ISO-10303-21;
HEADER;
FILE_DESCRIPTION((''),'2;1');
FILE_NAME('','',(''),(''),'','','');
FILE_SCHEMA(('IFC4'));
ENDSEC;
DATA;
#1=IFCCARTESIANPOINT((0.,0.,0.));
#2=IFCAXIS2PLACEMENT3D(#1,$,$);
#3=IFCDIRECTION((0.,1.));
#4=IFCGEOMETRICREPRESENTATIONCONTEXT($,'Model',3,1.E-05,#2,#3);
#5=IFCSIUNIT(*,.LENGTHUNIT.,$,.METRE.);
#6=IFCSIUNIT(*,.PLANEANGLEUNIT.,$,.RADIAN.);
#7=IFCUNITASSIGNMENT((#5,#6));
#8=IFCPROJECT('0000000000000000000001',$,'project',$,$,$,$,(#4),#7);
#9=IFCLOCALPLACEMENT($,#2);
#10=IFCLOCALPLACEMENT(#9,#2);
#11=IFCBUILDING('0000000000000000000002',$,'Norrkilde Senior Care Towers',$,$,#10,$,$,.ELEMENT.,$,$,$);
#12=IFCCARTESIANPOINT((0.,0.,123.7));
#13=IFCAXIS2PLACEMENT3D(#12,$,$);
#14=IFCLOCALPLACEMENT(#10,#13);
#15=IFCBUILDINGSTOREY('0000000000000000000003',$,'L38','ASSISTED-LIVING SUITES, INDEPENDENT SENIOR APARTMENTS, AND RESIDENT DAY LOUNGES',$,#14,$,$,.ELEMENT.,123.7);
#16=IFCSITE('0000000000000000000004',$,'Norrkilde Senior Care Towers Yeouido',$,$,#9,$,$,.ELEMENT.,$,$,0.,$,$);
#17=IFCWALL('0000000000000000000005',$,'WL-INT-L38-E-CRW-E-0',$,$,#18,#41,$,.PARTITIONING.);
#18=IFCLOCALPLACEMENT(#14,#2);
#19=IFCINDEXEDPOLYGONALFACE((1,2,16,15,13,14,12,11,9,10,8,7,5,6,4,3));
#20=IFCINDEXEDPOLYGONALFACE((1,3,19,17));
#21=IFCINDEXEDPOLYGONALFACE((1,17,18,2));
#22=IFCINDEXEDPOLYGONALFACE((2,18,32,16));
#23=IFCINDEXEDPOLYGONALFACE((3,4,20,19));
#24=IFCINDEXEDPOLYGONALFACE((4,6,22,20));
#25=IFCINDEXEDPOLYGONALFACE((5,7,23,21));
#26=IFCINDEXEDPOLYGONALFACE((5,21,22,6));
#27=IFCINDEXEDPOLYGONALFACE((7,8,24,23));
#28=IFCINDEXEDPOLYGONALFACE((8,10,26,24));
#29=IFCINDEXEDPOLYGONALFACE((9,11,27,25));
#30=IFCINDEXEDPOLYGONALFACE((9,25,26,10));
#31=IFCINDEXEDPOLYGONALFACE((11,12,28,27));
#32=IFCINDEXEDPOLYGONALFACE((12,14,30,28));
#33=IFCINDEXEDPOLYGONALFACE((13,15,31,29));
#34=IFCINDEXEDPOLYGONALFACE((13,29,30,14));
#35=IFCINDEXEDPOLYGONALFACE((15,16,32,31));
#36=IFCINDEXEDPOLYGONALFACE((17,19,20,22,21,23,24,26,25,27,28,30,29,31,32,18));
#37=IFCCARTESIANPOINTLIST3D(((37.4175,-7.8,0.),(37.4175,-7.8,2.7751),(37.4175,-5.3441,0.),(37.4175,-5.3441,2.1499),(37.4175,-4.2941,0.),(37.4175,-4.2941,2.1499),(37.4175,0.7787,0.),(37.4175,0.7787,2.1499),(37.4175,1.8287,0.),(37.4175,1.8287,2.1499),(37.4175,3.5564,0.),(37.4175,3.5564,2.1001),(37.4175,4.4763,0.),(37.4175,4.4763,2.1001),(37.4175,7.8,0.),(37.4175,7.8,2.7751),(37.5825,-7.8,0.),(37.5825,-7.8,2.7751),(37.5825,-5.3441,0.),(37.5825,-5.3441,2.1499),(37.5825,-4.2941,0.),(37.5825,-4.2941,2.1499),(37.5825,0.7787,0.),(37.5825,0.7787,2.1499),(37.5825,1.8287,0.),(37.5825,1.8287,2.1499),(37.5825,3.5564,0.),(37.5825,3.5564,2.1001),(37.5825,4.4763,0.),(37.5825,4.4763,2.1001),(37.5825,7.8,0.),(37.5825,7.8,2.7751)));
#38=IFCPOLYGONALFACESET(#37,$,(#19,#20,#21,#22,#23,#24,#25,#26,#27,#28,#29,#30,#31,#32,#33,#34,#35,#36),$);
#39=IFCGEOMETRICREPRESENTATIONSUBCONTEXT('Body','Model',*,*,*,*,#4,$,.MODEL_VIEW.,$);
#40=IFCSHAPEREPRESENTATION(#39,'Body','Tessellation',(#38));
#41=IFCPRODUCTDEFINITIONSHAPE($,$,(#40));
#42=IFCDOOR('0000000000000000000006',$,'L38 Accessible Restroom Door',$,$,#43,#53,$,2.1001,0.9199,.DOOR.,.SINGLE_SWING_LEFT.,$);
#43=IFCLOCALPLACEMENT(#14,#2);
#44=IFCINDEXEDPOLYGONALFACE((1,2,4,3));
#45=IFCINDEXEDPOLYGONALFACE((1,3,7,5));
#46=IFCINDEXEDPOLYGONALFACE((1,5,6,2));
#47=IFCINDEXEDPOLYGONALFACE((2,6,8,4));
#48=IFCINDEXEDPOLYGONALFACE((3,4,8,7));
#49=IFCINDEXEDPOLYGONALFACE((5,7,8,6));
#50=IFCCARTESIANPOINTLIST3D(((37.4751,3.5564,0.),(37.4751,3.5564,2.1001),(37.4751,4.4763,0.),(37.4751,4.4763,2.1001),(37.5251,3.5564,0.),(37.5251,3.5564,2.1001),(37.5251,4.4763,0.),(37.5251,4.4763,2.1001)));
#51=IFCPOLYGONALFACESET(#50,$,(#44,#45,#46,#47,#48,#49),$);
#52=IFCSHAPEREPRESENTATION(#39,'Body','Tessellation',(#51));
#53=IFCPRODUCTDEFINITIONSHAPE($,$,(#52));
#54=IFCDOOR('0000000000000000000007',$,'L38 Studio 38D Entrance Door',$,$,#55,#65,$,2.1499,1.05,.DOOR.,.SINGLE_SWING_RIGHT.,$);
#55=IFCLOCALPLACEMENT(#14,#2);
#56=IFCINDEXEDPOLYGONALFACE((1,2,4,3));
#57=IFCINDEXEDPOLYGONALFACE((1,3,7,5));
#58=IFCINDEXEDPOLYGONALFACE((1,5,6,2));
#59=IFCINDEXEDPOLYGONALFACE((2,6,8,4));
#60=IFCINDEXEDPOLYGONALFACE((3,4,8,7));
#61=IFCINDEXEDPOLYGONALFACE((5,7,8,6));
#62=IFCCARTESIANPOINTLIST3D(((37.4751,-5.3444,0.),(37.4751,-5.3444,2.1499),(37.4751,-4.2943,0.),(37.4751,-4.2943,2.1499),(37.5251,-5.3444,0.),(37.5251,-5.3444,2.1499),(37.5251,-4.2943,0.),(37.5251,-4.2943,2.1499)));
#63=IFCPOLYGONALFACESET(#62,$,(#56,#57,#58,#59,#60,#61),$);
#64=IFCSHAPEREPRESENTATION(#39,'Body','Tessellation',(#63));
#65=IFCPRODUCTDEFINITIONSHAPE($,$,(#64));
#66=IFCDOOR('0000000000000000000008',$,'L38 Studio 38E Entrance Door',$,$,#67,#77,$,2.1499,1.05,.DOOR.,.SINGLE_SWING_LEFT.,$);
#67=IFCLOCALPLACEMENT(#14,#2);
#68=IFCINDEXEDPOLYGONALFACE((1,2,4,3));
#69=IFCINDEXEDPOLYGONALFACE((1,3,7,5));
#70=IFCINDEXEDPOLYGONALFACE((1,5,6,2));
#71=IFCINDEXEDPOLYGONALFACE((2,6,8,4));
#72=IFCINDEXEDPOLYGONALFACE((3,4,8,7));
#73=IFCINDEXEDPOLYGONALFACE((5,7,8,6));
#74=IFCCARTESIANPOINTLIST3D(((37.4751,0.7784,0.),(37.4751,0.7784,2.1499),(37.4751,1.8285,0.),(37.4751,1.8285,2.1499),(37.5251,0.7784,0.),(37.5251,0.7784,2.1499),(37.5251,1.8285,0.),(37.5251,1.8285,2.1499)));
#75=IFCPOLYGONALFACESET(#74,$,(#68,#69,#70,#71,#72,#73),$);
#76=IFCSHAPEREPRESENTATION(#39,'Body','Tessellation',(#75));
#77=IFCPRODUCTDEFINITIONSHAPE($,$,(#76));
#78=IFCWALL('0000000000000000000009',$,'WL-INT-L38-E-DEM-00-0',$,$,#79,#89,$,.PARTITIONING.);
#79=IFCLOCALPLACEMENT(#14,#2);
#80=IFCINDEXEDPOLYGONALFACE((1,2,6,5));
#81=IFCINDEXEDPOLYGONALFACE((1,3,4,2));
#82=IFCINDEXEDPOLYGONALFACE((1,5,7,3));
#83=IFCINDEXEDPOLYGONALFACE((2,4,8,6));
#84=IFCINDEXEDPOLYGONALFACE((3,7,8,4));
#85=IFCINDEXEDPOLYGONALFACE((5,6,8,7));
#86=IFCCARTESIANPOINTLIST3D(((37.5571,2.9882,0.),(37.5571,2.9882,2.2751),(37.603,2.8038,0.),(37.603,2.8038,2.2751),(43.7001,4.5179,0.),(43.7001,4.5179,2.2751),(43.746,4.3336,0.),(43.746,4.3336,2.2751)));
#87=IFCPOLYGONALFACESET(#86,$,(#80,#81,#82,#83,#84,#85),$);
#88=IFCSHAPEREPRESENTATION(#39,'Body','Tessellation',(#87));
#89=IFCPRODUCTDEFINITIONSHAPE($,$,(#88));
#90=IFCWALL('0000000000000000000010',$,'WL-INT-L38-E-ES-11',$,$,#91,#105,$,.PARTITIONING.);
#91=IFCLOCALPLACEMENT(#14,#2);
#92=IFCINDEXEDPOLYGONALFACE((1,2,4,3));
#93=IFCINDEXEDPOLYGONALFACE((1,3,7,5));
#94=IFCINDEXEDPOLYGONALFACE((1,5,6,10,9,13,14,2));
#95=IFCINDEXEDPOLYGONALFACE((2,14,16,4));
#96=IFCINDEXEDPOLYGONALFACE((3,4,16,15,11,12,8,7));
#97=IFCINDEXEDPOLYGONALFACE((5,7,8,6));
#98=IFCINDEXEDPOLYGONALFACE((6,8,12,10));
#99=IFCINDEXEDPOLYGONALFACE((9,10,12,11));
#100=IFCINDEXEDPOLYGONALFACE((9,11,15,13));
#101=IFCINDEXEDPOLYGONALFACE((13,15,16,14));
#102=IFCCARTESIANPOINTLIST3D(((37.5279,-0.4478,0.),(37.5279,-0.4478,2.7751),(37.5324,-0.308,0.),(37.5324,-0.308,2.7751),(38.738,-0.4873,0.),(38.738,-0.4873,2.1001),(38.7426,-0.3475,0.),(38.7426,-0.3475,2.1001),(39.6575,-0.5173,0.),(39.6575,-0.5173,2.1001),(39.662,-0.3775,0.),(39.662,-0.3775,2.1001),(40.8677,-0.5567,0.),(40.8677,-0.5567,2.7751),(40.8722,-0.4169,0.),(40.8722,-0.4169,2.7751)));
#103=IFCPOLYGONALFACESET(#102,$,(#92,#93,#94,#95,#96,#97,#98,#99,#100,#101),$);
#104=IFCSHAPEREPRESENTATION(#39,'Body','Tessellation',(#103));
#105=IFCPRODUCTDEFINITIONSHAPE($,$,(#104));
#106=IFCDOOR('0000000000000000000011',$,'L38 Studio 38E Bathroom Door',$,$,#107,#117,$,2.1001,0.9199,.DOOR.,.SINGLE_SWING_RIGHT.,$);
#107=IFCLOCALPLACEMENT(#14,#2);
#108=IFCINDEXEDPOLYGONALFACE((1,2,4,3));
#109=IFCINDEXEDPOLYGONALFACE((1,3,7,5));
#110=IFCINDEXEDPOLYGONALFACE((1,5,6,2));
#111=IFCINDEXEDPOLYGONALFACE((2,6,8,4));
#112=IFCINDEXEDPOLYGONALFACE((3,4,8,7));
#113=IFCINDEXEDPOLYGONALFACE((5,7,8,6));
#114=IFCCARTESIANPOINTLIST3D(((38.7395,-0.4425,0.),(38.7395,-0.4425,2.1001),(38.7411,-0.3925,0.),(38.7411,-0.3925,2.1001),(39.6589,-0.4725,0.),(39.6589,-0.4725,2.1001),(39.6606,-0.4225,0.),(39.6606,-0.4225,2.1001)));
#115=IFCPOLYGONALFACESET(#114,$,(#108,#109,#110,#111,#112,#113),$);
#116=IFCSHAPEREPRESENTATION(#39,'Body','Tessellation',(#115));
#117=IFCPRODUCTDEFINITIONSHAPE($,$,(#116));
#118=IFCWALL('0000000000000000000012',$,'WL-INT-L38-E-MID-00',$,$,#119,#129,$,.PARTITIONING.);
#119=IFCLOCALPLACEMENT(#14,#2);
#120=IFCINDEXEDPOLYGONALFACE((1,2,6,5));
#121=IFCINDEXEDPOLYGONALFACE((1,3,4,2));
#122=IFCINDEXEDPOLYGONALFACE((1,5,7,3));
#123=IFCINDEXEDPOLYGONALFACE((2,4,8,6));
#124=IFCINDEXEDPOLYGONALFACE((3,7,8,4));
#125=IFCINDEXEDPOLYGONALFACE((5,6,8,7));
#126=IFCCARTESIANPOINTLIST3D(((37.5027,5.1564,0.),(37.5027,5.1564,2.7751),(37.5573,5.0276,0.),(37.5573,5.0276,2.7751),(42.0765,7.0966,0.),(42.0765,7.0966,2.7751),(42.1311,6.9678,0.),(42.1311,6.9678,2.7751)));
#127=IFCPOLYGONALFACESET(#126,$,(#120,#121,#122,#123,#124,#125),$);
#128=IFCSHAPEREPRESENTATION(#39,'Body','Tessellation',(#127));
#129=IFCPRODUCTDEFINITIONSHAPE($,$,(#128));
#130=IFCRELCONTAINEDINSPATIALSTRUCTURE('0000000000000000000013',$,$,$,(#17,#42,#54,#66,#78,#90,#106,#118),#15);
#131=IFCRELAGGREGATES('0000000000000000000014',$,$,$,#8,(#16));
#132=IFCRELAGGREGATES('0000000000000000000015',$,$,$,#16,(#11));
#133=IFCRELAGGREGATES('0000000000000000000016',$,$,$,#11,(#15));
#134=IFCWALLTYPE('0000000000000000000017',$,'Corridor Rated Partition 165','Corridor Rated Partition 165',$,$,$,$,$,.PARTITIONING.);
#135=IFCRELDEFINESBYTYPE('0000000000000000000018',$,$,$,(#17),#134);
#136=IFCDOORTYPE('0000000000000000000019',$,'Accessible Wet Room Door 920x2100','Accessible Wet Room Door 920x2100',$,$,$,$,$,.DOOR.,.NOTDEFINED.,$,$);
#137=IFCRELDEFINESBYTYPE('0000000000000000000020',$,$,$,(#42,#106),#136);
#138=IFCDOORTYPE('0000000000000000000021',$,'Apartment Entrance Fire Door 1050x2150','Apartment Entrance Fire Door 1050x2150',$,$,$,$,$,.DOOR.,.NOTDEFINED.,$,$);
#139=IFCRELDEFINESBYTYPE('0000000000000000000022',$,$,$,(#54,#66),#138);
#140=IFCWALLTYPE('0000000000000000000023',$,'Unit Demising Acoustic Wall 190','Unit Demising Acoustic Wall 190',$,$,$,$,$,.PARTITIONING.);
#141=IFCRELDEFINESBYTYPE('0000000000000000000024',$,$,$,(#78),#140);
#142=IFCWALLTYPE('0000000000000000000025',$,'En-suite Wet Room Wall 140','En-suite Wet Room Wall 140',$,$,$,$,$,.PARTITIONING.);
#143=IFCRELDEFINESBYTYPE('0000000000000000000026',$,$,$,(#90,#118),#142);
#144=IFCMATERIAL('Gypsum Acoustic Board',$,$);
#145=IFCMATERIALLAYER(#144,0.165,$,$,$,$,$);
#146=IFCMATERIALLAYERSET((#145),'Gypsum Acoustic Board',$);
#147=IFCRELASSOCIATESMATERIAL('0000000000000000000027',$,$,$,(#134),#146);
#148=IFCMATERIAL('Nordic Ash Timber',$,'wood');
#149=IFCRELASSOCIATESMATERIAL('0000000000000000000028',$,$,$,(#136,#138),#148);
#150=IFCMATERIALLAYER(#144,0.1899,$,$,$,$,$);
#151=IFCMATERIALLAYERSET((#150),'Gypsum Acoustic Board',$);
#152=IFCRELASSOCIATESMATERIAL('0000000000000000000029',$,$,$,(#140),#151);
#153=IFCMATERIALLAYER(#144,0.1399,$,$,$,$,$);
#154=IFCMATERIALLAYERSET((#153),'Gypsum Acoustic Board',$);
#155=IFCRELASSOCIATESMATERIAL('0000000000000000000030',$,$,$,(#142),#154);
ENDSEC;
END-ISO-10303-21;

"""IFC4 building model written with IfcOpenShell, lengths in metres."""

from ifc_helpers import new_model, si_unit, direction, frame, frame_2d, origin, place, context, subcontext, project, spatial, rectangle, extrude, source, transform, mapped, material, layer, layer_set, type_object, type_shapes, element, fill, save


model = new_model("IFC4")

# Units and contexts
model_context = context("Model", 3, precision=1e-05, world=origin(), true_north=direction((0.0, 1.0)))
body_context = subcontext(model_context, "Body", "Model", "MODEL_VIEW")
ifc_project = project(units=[si_unit("LENGTHUNIT", "METRE"), si_unit("PLANEANGLEUNIT", "RADIAN")], contexts=[model_context])

# Site, building, storey
site_placement = place(None, origin())
site = spatial("IfcSite", under=ifc_project, at=site_placement, Name="Norrkilde Senior Care Towers Yeouido", CompositionType="ELEMENT", RefElevation=0.0)
building_placement = place(site_placement, origin())
building = spatial("IfcBuilding", under=site, at=building_placement, Name="Norrkilde Senior Care Towers", CompositionType="ELEMENT")
storey_placement = place(building_placement, frame((0.0, 0.0, 123.7)))
storey = spatial("IfcBuildingStorey", under=building, at=storey_placement, Name="L38", Description="ASSISTED-LIVING SUITES, INDEPENDENT SENIOR APARTMENTS, AND RESIDENT DAY LOUNGES", CompositionType="ELEMENT", Elevation=123.7)

# Wall, openings, doors
ifc_material_1 = material(Name="Gypsum Acoustic Board")
ifc_layer_1 = layer(ifc_material_1, 0.165)
ifc_layer_set_1 = layer_set([ifc_layer_1], Name="Gypsum Acoustic Board")
wall_type_1 = type_object("IfcWallType", Name="Corridor Rated Partition 165", Description="Corridor Rated Partition 165", PredefinedType="PARTITIONING", material=ifc_layer_set_1)
shared_shape_1 = source(origin(), body_context, "Body", "SweptSolid", [
    extrude(rectangle(XDim=15.6001, YDim=0.165, at=frame_2d((7.8, 0.0))), origin(), (0.0, 0.0, 1.0), 2.7751),
])
type_shapes(wall_type_1, [shared_shape_1])
wall_1_placement = place(storey_placement, frame((37.5, 7.8, 0.0), z_axis=(0.0, 0.0, 1.0), x_axis=(0.0, -1.0, 0.0)))
wall_1 = element("IfcWall", 1, at=wall_1_placement, inside=storey, type_object=wall_type_1, Name="WL-INT-L38-E-CRW-E-0", PredefinedType="PARTITIONING", context=body_context, shape_type="MappedRepresentation", body=[
    mapped(shared_shape_1, transform((0.0, 0.0, 0.0), x_axis=(1.0, 0.0, 0.0), y_axis=(0.0, 1.0, 0.0), z_axis=(0.0, 0.0, 1.0), scale=1.0)),
])
opening_1_placement = place(wall_1_placement, frame((12.0942, 0.0, 0.0)))
opening_1 = element("IfcOpeningElement", 2, at=opening_1_placement, cuts=wall_1, PredefinedType="OPENING", context=body_context, shape_type="SweptSolid", body=[
    extrude(rectangle(XDim=1.05, YDim=2.1499, at=frame_2d((0.5249, 1.075))), frame((0.0, 0.0925, 0.0), z_axis=(0.0, -1.0, 0.0), x_axis=(1.0, 0.0, 0.0)), (0.0, 0.0, 1.0), 0.1851),
])
opening_2_placement = place(wall_1_placement, frame((5.9714, 0.0, 0.0)))
opening_2 = element("IfcOpeningElement", 3, at=opening_2_placement, cuts=wall_1, PredefinedType="OPENING", context=body_context, shape_type="SweptSolid", body=[
    extrude(rectangle(XDim=1.05, YDim=2.1499, at=frame_2d((0.5249, 1.075))), frame((0.0, 0.0925, 0.0), z_axis=(0.0, -1.0, 0.0), x_axis=(1.0, 0.0, 0.0)), (0.0, 0.0, 1.0), 0.1851),
])
opening_3_placement = place(wall_1_placement, frame((3.3237, 0.0, 0.0)))
opening_3 = element("IfcOpeningElement", 4, at=opening_3_placement, cuts=wall_1, PredefinedType="OPENING", context=body_context, shape_type="SweptSolid", body=[
    extrude(rectangle(XDim=0.9199, YDim=2.1001, at=frame_2d((0.46, 1.05))), frame((0.0, 0.0925, 0.0), z_axis=(0.0, -1.0, 0.0), x_axis=(1.0, 0.0, 0.0)), (0.0, 0.0, 1.0), 0.1851),
])
ifc_material_2 = material(Name="Nordic Ash Timber", Category="wood")
door_type_1 = type_object("IfcDoorType", Name="Accessible Wet Room Door 920x2100", Description="Accessible Wet Room Door 920x2100", OperationType="NOTDEFINED", PredefinedType="DOOR", material=ifc_material_2)
shared_shape_2 = source(origin(), body_context, "Body", "SweptSolid", [
    extrude(rectangle(XDim=0.9199, YDim=2.1001, at=frame_2d((0.46, 1.05))), frame((0.0, 0.0249, 0.0), z_axis=(0.0, -1.0, 0.0), x_axis=(1.0, 0.0, 0.0)), (0.0, 0.0, 1.0), 0.05),
])
type_shapes(door_type_1, [shared_shape_2])
door_1_placement = place(opening_3_placement, frame((0.9199, 0.0, 0.0), z_axis=(0.0, 0.0, 1.0), x_axis=(-1.0, 0.0, 0.0)))
door_1 = element("IfcDoor", 5, at=door_1_placement, inside=storey, type_object=door_type_1, Name="L38 Accessible Restroom Door", OperationType="SINGLE_SWING_LEFT", OverallHeight=2.1001, OverallWidth=0.9199, PredefinedType="DOOR", context=body_context, shape_type="MappedRepresentation", body=[
    mapped(shared_shape_2, transform((0.0, 0.0, 0.0), x_axis=(1.0, 0.0, 0.0), y_axis=(0.0, 1.0, 0.0), z_axis=(0.0, 0.0, 1.0), scale=1.0)),
])
fill(opening_3, door_1)
door_type_2 = type_object("IfcDoorType", Name="Apartment Entrance Fire Door 1050x2150", Description="Apartment Entrance Fire Door 1050x2150", OperationType="NOTDEFINED", PredefinedType="DOOR", material=ifc_material_2)
shared_shape_3 = source(origin(), body_context, "Body", "SweptSolid", [
    extrude(rectangle(XDim=1.05, YDim=2.1499, at=frame_2d((0.5249, 1.075))), frame((0.0, 0.0249, 0.0), z_axis=(0.0, -1.0, 0.0), x_axis=(1.0, 0.0, 0.0)), (0.0, 0.0, 1.0), 0.05),
])
type_shapes(door_type_2, [shared_shape_3])
door_2_placement = place(opening_1_placement, frame((1.05, 0.0, 0.0), z_axis=(0.0, 0.0, 1.0), x_axis=(-1.0, 0.0, 0.0)))
door_2 = element("IfcDoor", 6, at=door_2_placement, inside=storey, type_object=door_type_2, Name="L38 Studio 38D Entrance Door", OperationType="SINGLE_SWING_RIGHT", OverallHeight=2.1499, OverallWidth=1.05, PredefinedType="DOOR", context=body_context, shape_type="MappedRepresentation", body=[
    mapped(shared_shape_3, transform((0.0, 0.0, 0.0), x_axis=(1.0, 0.0, 0.0), y_axis=(0.0, 1.0, 0.0), z_axis=(0.0, 0.0, 1.0), scale=1.0)),
])
fill(opening_1, door_2)
door_3_placement = place(opening_2_placement, frame((1.05, 0.0, 0.0), z_axis=(0.0, 0.0, 1.0), x_axis=(-1.0, 0.0, 0.0)))
door_3 = element("IfcDoor", 7, at=door_3_placement, inside=storey, type_object=door_type_2, Name="L38 Studio 38E Entrance Door", OperationType="SINGLE_SWING_LEFT", OverallHeight=2.1499, OverallWidth=1.05, PredefinedType="DOOR", context=body_context, shape_type="MappedRepresentation", body=[
    mapped(shared_shape_3, transform((0.0, 0.0, 0.0), x_axis=(1.0, 0.0, 0.0), y_axis=(0.0, 1.0, 0.0), z_axis=(0.0, 0.0, 1.0), scale=1.0)),
])
fill(opening_2, door_3)

# Wall
ifc_layer_2 = layer(ifc_material_1, 0.1899)
ifc_layer_set_2 = layer_set([ifc_layer_2], Name="Gypsum Acoustic Board")
wall_type_2 = type_object("IfcWallType", Name="Unit Demising Acoustic Wall 190", Description="Unit Demising Acoustic Wall 190", PredefinedType="PARTITIONING", material=ifc_layer_set_2)
shared_shape_4 = source(origin(), body_context, "Body", "SweptSolid", [
    extrude(rectangle(XDim=6.3306, YDim=0.1899, at=frame_2d((3.1653, 0.0))), origin(), (0.0, 0.0, 1.0), 2.2751),
])
type_shapes(wall_type_2, [shared_shape_4])
wall_2_placement = place(storey_placement, frame((37.5801, 2.896, 0.0), z_axis=(0.0, 0.0, 1.0), x_axis=(0.970364, 0.241646, 0.0)))
element("IfcWall", 8, at=wall_2_placement, inside=storey, type_object=wall_type_2, Name="WL-INT-L38-E-DEM-00-0", PredefinedType="PARTITIONING", context=body_context, shape_type="MappedRepresentation", body=[
    mapped(shared_shape_4, transform((0.0, 0.0, 0.0), x_axis=(1.0, 0.0, 0.0), y_axis=(0.0, 1.0, 0.0), z_axis=(0.0, 0.0, 1.0), scale=1.0)),
])

# Wall, opening, door
ifc_layer_3 = layer(ifc_material_1, 0.1399)
ifc_layer_set_3 = layer_set([ifc_layer_3], Name="Gypsum Acoustic Board")
wall_type_3 = type_object("IfcWallType", Name="En-suite Wet Room Wall 140", Description="En-suite Wet Room Wall 140", PredefinedType="PARTITIONING", material=ifc_layer_set_3)
shared_shape_5 = source(origin(), body_context, "Body", "SweptSolid", [
    extrude(rectangle(XDim=3.3416, YDim=0.1399, at=frame_2d((1.6709, 0.0))), origin(), (0.0, 0.0, 1.0), 2.7751),
])
wall_3_placement = place(storey_placement, frame((37.53, -0.3779, 0.0), z_axis=(0.0, 0.0, 1.0), x_axis=(0.999469, -0.032585, 0.0)))
wall_3 = element("IfcWall", 9, at=wall_3_placement, inside=storey, type_object=wall_type_3, Name="WL-INT-L38-E-ES-11", PredefinedType="PARTITIONING", context=body_context, shape_type="MappedRepresentation", body=[
    mapped(shared_shape_5, transform((0.0, 0.0, 0.0), x_axis=(1.0, 0.0, 0.0), y_axis=(0.0, 1.0, 0.0), z_axis=(0.0, 0.0, 1.0), scale=1.0)),
])
opening_4_placement = place(wall_3_placement, frame((1.2109, 0.0, 0.0)))
opening_4 = element("IfcOpeningElement", 10, at=opening_4_placement, cuts=wall_3, PredefinedType="OPENING", context=body_context, shape_type="SweptSolid", body=[
    extrude(rectangle(XDim=0.9199, YDim=2.1001, at=frame_2d((0.46, 1.05))), frame((0.0, 0.0798, 0.0), z_axis=(0.0, -1.0, 0.0), x_axis=(1.0, 0.0, 0.0)), (0.0, 0.0, 1.0), 0.1599),
])
door_4_placement = place(opening_4_placement, origin())
door_4 = element("IfcDoor", 11, at=door_4_placement, inside=storey, type_object=door_type_1, Name="L38 Studio 38E Bathroom Door", OperationType="SINGLE_SWING_RIGHT", OverallHeight=2.1001, OverallWidth=0.9199, PredefinedType="DOOR", context=body_context, shape_type="MappedRepresentation", body=[
    mapped(shared_shape_2, transform((0.0, 0.0, 0.0), x_axis=(1.0, 0.0, 0.0), y_axis=(0.0, 1.0, 0.0), z_axis=(0.0, 0.0, 1.0), scale=1.0)),
])
fill(opening_4, door_4)

# Wall
shared_shape_6 = source(origin(), body_context, "Body", "SweptSolid", [
    extrude(rectangle(XDim=4.9683, YDim=0.1399, at=frame_2d((2.4841, 0.0))), origin(), (0.0, 0.0, 1.0), 2.7751),
])
type_shapes(wall_type_3, [shared_shape_5, shared_shape_6])
wall_4_placement = place(storey_placement, frame((37.53, 5.092, 0.0), z_axis=(0.0, 0.0, 1.0), x_axis=(0.920595, 0.390518, 0.0)))
element("IfcWall", 12, at=wall_4_placement, inside=storey, type_object=wall_type_3, Name="WL-INT-L38-E-MID-00", PredefinedType="PARTITIONING", context=body_context, shape_type="MappedRepresentation", body=[
    mapped(shared_shape_6, transform((0.0, 0.0, 0.0), x_axis=(1.0, 0.0, 0.0), y_axis=(0.0, 1.0, 0.0), z_axis=(0.0, 0.0, 1.0), scale=1.0)),
])

save(model, "model.ifc")
